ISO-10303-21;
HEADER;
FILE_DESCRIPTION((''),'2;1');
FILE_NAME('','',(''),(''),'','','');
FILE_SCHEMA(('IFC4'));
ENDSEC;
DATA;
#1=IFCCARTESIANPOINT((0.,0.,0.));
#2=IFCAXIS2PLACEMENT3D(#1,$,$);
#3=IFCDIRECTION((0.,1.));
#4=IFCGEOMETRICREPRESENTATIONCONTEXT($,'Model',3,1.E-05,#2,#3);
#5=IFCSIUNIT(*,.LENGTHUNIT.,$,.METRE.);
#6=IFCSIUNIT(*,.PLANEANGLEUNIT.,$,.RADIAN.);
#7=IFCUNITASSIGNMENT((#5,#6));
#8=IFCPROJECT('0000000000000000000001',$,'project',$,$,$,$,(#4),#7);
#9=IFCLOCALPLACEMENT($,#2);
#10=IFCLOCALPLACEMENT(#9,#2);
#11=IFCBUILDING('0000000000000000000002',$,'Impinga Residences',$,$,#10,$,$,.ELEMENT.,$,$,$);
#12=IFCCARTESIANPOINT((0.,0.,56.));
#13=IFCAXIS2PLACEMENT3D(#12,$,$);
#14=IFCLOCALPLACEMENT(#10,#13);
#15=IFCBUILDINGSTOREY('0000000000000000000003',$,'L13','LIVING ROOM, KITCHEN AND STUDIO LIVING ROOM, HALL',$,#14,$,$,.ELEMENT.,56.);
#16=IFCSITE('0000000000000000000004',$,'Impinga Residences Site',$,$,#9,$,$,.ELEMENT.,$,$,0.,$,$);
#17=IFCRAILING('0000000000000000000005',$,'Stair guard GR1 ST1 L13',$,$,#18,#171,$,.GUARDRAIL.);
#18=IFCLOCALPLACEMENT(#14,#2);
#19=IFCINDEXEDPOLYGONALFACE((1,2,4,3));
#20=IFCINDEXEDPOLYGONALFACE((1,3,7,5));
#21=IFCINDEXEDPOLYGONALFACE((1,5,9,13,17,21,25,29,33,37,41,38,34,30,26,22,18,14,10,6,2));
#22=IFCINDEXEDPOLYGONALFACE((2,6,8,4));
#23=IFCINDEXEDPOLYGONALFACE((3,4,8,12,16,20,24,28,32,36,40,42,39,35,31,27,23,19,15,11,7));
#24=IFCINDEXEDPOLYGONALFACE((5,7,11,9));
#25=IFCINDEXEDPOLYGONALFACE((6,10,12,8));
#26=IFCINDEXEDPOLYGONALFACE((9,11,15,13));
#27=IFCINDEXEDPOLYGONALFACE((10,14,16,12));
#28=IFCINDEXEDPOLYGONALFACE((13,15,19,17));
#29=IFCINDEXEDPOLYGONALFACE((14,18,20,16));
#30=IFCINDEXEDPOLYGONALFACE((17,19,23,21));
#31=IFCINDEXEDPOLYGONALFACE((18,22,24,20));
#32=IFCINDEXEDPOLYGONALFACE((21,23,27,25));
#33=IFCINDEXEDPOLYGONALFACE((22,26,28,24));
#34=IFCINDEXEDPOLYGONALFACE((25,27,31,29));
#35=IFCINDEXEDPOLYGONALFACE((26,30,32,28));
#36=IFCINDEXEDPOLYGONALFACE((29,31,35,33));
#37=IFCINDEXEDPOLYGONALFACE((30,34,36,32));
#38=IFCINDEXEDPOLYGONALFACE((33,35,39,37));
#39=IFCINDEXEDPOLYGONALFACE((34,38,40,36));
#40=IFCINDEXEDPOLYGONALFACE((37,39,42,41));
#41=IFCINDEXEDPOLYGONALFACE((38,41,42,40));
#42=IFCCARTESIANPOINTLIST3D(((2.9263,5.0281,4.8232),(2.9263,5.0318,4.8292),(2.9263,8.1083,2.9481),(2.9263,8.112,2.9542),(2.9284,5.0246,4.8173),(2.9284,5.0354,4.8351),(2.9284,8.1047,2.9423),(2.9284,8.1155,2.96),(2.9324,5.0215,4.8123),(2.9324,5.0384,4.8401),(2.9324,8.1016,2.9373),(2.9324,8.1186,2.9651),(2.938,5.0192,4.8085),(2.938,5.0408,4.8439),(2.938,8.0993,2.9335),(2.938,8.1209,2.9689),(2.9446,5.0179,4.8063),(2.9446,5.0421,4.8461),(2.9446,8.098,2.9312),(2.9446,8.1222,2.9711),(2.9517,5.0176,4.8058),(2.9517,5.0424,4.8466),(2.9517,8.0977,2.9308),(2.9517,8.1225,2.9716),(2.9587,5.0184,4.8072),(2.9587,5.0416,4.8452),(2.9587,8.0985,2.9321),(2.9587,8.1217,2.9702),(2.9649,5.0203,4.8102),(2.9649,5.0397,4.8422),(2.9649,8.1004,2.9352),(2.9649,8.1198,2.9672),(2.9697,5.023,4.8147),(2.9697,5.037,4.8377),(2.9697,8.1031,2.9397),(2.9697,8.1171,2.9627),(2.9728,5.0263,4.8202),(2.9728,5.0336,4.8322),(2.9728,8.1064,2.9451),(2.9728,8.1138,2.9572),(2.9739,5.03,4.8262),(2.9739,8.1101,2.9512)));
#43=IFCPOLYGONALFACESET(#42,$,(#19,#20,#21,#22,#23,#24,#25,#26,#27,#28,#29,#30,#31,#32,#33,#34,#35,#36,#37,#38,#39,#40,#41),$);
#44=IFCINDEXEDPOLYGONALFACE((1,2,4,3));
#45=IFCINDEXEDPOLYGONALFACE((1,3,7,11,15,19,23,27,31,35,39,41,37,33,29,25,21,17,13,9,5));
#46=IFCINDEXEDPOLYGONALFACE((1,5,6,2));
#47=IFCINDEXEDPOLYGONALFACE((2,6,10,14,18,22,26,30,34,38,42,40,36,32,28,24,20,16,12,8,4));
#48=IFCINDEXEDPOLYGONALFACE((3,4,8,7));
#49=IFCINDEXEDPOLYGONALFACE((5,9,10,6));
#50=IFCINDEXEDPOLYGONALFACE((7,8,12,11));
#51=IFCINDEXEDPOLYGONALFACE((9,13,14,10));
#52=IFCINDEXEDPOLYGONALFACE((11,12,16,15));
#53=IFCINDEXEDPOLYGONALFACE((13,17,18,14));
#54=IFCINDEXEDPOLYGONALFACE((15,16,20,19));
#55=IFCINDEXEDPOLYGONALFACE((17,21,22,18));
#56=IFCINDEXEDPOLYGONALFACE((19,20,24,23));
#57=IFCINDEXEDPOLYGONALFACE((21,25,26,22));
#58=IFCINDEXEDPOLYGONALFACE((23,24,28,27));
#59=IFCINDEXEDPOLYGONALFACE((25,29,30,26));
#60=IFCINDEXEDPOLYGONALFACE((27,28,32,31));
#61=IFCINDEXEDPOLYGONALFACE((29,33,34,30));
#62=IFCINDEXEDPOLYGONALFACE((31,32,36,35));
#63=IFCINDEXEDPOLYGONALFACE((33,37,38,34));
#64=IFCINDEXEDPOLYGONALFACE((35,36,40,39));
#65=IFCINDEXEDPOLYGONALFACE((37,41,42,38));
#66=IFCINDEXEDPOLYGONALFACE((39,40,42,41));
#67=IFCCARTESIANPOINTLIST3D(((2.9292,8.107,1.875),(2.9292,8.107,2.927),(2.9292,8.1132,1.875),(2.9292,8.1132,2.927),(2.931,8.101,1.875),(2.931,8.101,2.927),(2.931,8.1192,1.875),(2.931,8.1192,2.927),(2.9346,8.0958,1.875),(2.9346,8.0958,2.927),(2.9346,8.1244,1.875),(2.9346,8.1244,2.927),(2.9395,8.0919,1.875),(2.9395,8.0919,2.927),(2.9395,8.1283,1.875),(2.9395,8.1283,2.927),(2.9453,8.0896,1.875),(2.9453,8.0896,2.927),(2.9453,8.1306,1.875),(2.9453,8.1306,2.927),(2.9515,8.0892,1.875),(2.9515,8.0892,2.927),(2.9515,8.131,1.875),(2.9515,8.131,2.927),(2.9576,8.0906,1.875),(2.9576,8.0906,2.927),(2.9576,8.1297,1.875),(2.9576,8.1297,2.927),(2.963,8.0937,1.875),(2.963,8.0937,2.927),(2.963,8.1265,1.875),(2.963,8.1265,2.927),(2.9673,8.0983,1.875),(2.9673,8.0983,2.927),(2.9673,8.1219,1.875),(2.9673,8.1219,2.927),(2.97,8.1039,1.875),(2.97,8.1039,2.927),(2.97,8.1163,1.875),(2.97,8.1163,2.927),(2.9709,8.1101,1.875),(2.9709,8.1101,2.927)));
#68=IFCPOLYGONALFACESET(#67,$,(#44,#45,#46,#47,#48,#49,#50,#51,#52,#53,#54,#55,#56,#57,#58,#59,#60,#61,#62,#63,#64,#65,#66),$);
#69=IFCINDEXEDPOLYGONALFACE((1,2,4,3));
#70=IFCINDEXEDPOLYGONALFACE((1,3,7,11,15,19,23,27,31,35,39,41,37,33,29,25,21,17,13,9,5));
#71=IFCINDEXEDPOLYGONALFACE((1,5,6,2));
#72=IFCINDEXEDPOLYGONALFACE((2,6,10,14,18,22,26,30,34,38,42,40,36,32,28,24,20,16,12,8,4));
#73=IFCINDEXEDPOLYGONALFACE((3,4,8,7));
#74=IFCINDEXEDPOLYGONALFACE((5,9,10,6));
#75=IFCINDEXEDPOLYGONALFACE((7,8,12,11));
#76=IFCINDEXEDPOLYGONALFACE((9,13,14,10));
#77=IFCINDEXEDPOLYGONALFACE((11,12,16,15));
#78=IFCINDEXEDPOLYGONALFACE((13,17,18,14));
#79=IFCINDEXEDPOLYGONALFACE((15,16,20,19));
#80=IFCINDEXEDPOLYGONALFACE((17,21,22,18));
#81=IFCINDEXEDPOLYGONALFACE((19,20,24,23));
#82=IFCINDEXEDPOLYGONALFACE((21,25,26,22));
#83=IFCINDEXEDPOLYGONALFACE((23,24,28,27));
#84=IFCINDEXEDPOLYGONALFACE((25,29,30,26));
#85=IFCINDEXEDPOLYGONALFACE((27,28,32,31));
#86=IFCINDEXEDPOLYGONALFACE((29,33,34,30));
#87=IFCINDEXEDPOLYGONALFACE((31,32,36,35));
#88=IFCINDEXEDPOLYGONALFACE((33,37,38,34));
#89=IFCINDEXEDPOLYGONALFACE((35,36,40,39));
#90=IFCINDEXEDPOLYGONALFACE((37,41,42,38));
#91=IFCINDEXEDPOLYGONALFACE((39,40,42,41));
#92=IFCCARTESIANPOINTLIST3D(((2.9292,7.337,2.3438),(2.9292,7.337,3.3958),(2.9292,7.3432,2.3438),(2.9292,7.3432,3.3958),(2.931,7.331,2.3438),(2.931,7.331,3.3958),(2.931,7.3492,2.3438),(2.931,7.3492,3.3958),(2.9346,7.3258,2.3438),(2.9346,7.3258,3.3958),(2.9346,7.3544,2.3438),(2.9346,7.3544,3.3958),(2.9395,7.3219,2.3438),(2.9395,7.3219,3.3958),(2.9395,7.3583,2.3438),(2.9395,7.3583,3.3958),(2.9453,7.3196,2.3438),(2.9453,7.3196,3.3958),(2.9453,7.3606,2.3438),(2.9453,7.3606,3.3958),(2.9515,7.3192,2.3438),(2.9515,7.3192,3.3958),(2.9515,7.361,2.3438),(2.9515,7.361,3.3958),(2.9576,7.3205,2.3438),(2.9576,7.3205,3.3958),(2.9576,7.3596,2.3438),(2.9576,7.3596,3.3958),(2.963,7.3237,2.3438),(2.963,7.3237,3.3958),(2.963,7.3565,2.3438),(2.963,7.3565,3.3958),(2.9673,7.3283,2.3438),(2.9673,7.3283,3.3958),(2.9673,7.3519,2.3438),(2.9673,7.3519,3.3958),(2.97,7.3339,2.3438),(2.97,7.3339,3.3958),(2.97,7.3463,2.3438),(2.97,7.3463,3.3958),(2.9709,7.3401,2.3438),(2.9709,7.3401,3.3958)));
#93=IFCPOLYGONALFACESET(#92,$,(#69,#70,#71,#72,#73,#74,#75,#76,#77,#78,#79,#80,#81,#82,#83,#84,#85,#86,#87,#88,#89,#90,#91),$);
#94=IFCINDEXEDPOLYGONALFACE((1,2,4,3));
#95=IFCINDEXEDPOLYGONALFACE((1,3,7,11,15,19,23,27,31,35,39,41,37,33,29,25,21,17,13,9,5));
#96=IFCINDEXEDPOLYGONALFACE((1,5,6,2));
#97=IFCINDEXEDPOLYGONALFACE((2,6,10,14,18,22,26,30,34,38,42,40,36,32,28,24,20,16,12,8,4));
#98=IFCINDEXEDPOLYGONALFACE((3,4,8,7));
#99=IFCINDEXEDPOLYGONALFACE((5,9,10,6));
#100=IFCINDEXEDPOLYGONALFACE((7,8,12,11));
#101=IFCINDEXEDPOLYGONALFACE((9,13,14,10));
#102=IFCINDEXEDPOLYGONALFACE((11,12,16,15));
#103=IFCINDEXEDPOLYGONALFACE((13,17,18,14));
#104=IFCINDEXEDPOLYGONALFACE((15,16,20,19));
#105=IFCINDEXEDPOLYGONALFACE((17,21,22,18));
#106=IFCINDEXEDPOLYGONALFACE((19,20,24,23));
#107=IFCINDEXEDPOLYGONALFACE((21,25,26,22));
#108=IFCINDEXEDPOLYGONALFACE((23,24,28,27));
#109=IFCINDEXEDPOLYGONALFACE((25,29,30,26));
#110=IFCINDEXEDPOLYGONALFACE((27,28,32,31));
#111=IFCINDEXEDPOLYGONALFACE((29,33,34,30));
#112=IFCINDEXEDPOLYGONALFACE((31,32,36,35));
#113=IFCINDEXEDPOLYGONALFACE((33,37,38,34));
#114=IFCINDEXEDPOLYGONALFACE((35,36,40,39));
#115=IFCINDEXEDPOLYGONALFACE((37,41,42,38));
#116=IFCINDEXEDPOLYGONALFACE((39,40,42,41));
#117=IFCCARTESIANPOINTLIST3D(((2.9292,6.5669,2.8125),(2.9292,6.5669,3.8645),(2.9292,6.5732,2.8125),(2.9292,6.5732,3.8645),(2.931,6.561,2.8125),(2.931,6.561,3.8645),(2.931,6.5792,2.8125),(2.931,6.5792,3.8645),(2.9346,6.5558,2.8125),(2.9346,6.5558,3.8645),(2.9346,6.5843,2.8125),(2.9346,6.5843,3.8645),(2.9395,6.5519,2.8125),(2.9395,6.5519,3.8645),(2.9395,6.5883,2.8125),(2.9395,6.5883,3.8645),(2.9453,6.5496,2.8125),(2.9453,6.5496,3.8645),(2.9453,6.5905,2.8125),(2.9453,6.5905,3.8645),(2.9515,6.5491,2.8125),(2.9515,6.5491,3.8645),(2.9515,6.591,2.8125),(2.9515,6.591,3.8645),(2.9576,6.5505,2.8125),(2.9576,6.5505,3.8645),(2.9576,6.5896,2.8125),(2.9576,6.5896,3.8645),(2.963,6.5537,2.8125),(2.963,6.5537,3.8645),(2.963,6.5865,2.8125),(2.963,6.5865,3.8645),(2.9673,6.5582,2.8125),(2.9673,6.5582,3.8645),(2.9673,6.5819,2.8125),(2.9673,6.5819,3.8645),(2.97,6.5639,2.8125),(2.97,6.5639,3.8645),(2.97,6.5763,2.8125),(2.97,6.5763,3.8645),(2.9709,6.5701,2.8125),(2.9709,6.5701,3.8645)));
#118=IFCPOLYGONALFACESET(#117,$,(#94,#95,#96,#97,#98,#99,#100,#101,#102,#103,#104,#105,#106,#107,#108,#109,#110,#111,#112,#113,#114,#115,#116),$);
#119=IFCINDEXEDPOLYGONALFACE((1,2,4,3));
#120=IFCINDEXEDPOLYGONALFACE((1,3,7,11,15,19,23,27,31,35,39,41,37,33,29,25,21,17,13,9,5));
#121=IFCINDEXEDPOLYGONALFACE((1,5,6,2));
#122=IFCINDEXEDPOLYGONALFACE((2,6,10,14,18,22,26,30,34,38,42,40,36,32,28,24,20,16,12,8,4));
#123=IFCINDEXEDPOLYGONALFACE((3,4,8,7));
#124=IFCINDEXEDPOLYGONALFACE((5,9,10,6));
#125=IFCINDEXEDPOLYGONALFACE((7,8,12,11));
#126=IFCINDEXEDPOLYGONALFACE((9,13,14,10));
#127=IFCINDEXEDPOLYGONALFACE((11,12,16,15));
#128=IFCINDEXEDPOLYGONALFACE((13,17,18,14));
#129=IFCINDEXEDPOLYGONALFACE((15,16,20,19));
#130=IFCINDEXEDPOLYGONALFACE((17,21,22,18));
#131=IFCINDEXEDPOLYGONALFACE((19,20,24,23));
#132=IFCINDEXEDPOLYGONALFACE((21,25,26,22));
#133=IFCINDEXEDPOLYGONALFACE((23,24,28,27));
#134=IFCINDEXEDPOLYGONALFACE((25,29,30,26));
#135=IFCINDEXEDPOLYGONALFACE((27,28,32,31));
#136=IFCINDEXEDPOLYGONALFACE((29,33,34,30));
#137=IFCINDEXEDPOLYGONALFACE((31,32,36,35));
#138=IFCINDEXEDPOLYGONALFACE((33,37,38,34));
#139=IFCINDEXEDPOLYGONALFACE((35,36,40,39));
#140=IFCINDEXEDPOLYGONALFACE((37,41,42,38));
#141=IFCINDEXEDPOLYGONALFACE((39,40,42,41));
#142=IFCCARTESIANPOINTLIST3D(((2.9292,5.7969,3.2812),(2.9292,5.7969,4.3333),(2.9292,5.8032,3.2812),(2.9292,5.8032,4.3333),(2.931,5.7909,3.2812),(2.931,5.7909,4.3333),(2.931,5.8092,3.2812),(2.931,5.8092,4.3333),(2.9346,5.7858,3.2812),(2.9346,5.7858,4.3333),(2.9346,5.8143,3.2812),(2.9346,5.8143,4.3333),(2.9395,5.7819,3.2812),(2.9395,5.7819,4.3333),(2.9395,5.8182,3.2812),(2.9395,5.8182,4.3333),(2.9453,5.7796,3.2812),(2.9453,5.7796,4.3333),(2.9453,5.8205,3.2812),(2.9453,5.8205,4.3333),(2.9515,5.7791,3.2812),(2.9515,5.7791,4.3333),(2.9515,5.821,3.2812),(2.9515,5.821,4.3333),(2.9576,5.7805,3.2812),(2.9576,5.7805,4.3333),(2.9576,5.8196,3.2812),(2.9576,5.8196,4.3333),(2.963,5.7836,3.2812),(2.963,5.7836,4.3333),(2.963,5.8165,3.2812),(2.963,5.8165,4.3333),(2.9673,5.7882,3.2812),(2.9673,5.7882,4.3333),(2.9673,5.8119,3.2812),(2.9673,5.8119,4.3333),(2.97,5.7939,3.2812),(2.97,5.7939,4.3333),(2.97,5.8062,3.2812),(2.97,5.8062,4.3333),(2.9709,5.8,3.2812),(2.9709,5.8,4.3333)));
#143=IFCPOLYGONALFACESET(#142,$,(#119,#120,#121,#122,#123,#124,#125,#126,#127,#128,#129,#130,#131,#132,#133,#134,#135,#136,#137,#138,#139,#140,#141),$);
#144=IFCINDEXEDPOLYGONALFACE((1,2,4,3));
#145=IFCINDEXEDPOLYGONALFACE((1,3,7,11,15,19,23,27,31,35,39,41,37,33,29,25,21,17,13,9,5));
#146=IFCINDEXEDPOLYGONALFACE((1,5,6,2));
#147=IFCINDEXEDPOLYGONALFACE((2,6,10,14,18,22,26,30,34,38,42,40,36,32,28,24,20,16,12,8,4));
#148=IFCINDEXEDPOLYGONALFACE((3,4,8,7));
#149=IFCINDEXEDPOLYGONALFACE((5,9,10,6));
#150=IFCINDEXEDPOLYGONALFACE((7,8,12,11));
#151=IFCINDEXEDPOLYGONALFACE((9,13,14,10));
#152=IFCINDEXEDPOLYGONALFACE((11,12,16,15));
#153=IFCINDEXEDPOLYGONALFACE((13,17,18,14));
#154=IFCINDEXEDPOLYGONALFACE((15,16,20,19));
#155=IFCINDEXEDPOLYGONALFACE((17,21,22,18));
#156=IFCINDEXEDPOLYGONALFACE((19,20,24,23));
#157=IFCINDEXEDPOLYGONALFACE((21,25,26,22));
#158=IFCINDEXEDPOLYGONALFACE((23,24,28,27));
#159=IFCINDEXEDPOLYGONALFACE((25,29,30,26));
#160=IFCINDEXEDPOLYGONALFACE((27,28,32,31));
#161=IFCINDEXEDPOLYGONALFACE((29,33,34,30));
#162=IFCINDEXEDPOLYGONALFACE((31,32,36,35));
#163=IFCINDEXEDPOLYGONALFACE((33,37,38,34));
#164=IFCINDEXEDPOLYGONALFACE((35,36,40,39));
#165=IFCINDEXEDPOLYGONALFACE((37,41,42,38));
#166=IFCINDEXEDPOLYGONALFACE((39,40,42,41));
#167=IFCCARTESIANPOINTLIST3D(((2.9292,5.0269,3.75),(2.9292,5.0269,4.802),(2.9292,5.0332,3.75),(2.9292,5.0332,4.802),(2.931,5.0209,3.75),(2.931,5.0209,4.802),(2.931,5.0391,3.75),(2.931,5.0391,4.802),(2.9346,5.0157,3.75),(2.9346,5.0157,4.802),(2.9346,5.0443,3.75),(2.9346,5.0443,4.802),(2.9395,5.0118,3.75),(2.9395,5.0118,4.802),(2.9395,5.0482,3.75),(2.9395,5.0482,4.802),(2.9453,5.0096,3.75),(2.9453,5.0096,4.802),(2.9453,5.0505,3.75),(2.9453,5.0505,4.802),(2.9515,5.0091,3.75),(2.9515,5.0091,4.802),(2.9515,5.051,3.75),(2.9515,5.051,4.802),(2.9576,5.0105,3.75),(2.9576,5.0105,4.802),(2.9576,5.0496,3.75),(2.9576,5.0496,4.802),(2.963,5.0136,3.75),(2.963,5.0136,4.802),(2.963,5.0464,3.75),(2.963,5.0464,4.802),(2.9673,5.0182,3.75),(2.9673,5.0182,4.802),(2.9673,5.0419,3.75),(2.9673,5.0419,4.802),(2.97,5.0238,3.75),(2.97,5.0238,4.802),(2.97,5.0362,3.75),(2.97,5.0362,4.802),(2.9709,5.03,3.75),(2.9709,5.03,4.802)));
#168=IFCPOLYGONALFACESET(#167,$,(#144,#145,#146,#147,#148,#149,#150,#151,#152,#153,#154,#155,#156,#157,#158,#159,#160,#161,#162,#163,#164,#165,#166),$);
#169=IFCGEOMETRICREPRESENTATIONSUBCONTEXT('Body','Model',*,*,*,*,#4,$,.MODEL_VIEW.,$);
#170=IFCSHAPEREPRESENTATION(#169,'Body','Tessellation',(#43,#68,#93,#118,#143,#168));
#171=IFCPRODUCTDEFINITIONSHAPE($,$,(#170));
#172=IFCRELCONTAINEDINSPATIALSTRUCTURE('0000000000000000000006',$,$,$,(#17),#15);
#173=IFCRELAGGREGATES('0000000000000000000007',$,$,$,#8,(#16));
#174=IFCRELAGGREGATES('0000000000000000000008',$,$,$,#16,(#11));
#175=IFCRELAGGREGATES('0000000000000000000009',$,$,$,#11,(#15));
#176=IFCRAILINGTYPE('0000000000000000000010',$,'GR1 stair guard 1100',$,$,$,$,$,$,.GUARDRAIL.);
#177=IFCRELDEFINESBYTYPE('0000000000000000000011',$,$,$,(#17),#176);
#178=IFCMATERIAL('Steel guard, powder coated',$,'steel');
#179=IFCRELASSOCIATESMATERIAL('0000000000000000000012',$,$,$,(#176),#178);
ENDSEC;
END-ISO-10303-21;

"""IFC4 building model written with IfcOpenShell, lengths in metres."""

from ifc_helpers import new_model, si_unit, direction, frame, origin, origin_2d, place, context, subcontext, project, spatial, circle, extrude, material, type_object, element, save


model = new_model("IFC4")

# Units and contexts
model_context = context("Model", 3, precision=1e-05, world=origin(), true_north=direction((0.0, 1.0)))
body_context = subcontext(model_context, "Body", "Model", "MODEL_VIEW")
ifc_project = project(units=[si_unit("LENGTHUNIT", "METRE"), si_unit("PLANEANGLEUNIT", "RADIAN")], contexts=[model_context])

# Site, building, storey
site_placement = place(None, origin())
site = spatial("IfcSite", under=ifc_project, at=site_placement, Name="Impinga Residences Site", CompositionType="ELEMENT", RefElevation=0.0)
building_placement = place(site_placement, origin())
building = spatial("IfcBuilding", under=site, at=building_placement, Name="Impinga Residences", CompositionType="ELEMENT")
storey_placement = place(building_placement, frame((0.0, 0.0, 56.0)))
storey = spatial("IfcBuildingStorey", under=building, at=storey_placement, Name="L13", Description="LIVING ROOM, KITCHEN AND STUDIO LIVING ROOM, HALL", CompositionType="ELEMENT", Elevation=56.0)

# Railing
ifc_material_1 = material(Name="Steel guard, powder coated", Category="steel")
railing_type_1 = type_object("IfcRailingType", Name="GR1 stair guard 1100", PredefinedType="GUARDRAIL", material=ifc_material_1)
railing_1_placement = place(storey_placement, frame((2.95, 8.1101, 1.875)))
element("IfcRailing", 1, at=railing_1_placement, inside=storey, type_object=railing_type_1, Name="Stair guard GR1 ST1 L13", PredefinedType="GUARDRAIL", context=body_context, shape_type="SweptSolid", body=[
    extrude(circle(Radius=0.0239, at=origin_2d()), frame((0.0, 0.0, 1.0762), z_axis=(0.0, -0.854178, 0.519981), x_axis=(1.0, 0.0, 0.0)), (0.0, 0.0, 1.0), 3.606),
    extrude(circle(Radius=0.021, at=origin_2d()), origin(), (0.0, 0.0, 1.0), 1.052),
    extrude(circle(Radius=0.021, at=origin_2d()), frame((0.0, -0.77, 0.4688)), (0.0, 0.0, 1.0), 1.052),
    extrude(circle(Radius=0.021, at=origin_2d()), frame((0.0, -1.54, 0.9375)), (0.0, 0.0, 1.0), 1.052),
    extrude(circle(Radius=0.021, at=origin_2d()), frame((0.0, -2.3101, 1.4062)), (0.0, 0.0, 1.0), 1.052),
    extrude(circle(Radius=0.021, at=origin_2d()), frame((0.0, -3.0801, 1.875)), (0.0, 0.0, 1.0), 1.052),
])

save(model, "model.ifc")
